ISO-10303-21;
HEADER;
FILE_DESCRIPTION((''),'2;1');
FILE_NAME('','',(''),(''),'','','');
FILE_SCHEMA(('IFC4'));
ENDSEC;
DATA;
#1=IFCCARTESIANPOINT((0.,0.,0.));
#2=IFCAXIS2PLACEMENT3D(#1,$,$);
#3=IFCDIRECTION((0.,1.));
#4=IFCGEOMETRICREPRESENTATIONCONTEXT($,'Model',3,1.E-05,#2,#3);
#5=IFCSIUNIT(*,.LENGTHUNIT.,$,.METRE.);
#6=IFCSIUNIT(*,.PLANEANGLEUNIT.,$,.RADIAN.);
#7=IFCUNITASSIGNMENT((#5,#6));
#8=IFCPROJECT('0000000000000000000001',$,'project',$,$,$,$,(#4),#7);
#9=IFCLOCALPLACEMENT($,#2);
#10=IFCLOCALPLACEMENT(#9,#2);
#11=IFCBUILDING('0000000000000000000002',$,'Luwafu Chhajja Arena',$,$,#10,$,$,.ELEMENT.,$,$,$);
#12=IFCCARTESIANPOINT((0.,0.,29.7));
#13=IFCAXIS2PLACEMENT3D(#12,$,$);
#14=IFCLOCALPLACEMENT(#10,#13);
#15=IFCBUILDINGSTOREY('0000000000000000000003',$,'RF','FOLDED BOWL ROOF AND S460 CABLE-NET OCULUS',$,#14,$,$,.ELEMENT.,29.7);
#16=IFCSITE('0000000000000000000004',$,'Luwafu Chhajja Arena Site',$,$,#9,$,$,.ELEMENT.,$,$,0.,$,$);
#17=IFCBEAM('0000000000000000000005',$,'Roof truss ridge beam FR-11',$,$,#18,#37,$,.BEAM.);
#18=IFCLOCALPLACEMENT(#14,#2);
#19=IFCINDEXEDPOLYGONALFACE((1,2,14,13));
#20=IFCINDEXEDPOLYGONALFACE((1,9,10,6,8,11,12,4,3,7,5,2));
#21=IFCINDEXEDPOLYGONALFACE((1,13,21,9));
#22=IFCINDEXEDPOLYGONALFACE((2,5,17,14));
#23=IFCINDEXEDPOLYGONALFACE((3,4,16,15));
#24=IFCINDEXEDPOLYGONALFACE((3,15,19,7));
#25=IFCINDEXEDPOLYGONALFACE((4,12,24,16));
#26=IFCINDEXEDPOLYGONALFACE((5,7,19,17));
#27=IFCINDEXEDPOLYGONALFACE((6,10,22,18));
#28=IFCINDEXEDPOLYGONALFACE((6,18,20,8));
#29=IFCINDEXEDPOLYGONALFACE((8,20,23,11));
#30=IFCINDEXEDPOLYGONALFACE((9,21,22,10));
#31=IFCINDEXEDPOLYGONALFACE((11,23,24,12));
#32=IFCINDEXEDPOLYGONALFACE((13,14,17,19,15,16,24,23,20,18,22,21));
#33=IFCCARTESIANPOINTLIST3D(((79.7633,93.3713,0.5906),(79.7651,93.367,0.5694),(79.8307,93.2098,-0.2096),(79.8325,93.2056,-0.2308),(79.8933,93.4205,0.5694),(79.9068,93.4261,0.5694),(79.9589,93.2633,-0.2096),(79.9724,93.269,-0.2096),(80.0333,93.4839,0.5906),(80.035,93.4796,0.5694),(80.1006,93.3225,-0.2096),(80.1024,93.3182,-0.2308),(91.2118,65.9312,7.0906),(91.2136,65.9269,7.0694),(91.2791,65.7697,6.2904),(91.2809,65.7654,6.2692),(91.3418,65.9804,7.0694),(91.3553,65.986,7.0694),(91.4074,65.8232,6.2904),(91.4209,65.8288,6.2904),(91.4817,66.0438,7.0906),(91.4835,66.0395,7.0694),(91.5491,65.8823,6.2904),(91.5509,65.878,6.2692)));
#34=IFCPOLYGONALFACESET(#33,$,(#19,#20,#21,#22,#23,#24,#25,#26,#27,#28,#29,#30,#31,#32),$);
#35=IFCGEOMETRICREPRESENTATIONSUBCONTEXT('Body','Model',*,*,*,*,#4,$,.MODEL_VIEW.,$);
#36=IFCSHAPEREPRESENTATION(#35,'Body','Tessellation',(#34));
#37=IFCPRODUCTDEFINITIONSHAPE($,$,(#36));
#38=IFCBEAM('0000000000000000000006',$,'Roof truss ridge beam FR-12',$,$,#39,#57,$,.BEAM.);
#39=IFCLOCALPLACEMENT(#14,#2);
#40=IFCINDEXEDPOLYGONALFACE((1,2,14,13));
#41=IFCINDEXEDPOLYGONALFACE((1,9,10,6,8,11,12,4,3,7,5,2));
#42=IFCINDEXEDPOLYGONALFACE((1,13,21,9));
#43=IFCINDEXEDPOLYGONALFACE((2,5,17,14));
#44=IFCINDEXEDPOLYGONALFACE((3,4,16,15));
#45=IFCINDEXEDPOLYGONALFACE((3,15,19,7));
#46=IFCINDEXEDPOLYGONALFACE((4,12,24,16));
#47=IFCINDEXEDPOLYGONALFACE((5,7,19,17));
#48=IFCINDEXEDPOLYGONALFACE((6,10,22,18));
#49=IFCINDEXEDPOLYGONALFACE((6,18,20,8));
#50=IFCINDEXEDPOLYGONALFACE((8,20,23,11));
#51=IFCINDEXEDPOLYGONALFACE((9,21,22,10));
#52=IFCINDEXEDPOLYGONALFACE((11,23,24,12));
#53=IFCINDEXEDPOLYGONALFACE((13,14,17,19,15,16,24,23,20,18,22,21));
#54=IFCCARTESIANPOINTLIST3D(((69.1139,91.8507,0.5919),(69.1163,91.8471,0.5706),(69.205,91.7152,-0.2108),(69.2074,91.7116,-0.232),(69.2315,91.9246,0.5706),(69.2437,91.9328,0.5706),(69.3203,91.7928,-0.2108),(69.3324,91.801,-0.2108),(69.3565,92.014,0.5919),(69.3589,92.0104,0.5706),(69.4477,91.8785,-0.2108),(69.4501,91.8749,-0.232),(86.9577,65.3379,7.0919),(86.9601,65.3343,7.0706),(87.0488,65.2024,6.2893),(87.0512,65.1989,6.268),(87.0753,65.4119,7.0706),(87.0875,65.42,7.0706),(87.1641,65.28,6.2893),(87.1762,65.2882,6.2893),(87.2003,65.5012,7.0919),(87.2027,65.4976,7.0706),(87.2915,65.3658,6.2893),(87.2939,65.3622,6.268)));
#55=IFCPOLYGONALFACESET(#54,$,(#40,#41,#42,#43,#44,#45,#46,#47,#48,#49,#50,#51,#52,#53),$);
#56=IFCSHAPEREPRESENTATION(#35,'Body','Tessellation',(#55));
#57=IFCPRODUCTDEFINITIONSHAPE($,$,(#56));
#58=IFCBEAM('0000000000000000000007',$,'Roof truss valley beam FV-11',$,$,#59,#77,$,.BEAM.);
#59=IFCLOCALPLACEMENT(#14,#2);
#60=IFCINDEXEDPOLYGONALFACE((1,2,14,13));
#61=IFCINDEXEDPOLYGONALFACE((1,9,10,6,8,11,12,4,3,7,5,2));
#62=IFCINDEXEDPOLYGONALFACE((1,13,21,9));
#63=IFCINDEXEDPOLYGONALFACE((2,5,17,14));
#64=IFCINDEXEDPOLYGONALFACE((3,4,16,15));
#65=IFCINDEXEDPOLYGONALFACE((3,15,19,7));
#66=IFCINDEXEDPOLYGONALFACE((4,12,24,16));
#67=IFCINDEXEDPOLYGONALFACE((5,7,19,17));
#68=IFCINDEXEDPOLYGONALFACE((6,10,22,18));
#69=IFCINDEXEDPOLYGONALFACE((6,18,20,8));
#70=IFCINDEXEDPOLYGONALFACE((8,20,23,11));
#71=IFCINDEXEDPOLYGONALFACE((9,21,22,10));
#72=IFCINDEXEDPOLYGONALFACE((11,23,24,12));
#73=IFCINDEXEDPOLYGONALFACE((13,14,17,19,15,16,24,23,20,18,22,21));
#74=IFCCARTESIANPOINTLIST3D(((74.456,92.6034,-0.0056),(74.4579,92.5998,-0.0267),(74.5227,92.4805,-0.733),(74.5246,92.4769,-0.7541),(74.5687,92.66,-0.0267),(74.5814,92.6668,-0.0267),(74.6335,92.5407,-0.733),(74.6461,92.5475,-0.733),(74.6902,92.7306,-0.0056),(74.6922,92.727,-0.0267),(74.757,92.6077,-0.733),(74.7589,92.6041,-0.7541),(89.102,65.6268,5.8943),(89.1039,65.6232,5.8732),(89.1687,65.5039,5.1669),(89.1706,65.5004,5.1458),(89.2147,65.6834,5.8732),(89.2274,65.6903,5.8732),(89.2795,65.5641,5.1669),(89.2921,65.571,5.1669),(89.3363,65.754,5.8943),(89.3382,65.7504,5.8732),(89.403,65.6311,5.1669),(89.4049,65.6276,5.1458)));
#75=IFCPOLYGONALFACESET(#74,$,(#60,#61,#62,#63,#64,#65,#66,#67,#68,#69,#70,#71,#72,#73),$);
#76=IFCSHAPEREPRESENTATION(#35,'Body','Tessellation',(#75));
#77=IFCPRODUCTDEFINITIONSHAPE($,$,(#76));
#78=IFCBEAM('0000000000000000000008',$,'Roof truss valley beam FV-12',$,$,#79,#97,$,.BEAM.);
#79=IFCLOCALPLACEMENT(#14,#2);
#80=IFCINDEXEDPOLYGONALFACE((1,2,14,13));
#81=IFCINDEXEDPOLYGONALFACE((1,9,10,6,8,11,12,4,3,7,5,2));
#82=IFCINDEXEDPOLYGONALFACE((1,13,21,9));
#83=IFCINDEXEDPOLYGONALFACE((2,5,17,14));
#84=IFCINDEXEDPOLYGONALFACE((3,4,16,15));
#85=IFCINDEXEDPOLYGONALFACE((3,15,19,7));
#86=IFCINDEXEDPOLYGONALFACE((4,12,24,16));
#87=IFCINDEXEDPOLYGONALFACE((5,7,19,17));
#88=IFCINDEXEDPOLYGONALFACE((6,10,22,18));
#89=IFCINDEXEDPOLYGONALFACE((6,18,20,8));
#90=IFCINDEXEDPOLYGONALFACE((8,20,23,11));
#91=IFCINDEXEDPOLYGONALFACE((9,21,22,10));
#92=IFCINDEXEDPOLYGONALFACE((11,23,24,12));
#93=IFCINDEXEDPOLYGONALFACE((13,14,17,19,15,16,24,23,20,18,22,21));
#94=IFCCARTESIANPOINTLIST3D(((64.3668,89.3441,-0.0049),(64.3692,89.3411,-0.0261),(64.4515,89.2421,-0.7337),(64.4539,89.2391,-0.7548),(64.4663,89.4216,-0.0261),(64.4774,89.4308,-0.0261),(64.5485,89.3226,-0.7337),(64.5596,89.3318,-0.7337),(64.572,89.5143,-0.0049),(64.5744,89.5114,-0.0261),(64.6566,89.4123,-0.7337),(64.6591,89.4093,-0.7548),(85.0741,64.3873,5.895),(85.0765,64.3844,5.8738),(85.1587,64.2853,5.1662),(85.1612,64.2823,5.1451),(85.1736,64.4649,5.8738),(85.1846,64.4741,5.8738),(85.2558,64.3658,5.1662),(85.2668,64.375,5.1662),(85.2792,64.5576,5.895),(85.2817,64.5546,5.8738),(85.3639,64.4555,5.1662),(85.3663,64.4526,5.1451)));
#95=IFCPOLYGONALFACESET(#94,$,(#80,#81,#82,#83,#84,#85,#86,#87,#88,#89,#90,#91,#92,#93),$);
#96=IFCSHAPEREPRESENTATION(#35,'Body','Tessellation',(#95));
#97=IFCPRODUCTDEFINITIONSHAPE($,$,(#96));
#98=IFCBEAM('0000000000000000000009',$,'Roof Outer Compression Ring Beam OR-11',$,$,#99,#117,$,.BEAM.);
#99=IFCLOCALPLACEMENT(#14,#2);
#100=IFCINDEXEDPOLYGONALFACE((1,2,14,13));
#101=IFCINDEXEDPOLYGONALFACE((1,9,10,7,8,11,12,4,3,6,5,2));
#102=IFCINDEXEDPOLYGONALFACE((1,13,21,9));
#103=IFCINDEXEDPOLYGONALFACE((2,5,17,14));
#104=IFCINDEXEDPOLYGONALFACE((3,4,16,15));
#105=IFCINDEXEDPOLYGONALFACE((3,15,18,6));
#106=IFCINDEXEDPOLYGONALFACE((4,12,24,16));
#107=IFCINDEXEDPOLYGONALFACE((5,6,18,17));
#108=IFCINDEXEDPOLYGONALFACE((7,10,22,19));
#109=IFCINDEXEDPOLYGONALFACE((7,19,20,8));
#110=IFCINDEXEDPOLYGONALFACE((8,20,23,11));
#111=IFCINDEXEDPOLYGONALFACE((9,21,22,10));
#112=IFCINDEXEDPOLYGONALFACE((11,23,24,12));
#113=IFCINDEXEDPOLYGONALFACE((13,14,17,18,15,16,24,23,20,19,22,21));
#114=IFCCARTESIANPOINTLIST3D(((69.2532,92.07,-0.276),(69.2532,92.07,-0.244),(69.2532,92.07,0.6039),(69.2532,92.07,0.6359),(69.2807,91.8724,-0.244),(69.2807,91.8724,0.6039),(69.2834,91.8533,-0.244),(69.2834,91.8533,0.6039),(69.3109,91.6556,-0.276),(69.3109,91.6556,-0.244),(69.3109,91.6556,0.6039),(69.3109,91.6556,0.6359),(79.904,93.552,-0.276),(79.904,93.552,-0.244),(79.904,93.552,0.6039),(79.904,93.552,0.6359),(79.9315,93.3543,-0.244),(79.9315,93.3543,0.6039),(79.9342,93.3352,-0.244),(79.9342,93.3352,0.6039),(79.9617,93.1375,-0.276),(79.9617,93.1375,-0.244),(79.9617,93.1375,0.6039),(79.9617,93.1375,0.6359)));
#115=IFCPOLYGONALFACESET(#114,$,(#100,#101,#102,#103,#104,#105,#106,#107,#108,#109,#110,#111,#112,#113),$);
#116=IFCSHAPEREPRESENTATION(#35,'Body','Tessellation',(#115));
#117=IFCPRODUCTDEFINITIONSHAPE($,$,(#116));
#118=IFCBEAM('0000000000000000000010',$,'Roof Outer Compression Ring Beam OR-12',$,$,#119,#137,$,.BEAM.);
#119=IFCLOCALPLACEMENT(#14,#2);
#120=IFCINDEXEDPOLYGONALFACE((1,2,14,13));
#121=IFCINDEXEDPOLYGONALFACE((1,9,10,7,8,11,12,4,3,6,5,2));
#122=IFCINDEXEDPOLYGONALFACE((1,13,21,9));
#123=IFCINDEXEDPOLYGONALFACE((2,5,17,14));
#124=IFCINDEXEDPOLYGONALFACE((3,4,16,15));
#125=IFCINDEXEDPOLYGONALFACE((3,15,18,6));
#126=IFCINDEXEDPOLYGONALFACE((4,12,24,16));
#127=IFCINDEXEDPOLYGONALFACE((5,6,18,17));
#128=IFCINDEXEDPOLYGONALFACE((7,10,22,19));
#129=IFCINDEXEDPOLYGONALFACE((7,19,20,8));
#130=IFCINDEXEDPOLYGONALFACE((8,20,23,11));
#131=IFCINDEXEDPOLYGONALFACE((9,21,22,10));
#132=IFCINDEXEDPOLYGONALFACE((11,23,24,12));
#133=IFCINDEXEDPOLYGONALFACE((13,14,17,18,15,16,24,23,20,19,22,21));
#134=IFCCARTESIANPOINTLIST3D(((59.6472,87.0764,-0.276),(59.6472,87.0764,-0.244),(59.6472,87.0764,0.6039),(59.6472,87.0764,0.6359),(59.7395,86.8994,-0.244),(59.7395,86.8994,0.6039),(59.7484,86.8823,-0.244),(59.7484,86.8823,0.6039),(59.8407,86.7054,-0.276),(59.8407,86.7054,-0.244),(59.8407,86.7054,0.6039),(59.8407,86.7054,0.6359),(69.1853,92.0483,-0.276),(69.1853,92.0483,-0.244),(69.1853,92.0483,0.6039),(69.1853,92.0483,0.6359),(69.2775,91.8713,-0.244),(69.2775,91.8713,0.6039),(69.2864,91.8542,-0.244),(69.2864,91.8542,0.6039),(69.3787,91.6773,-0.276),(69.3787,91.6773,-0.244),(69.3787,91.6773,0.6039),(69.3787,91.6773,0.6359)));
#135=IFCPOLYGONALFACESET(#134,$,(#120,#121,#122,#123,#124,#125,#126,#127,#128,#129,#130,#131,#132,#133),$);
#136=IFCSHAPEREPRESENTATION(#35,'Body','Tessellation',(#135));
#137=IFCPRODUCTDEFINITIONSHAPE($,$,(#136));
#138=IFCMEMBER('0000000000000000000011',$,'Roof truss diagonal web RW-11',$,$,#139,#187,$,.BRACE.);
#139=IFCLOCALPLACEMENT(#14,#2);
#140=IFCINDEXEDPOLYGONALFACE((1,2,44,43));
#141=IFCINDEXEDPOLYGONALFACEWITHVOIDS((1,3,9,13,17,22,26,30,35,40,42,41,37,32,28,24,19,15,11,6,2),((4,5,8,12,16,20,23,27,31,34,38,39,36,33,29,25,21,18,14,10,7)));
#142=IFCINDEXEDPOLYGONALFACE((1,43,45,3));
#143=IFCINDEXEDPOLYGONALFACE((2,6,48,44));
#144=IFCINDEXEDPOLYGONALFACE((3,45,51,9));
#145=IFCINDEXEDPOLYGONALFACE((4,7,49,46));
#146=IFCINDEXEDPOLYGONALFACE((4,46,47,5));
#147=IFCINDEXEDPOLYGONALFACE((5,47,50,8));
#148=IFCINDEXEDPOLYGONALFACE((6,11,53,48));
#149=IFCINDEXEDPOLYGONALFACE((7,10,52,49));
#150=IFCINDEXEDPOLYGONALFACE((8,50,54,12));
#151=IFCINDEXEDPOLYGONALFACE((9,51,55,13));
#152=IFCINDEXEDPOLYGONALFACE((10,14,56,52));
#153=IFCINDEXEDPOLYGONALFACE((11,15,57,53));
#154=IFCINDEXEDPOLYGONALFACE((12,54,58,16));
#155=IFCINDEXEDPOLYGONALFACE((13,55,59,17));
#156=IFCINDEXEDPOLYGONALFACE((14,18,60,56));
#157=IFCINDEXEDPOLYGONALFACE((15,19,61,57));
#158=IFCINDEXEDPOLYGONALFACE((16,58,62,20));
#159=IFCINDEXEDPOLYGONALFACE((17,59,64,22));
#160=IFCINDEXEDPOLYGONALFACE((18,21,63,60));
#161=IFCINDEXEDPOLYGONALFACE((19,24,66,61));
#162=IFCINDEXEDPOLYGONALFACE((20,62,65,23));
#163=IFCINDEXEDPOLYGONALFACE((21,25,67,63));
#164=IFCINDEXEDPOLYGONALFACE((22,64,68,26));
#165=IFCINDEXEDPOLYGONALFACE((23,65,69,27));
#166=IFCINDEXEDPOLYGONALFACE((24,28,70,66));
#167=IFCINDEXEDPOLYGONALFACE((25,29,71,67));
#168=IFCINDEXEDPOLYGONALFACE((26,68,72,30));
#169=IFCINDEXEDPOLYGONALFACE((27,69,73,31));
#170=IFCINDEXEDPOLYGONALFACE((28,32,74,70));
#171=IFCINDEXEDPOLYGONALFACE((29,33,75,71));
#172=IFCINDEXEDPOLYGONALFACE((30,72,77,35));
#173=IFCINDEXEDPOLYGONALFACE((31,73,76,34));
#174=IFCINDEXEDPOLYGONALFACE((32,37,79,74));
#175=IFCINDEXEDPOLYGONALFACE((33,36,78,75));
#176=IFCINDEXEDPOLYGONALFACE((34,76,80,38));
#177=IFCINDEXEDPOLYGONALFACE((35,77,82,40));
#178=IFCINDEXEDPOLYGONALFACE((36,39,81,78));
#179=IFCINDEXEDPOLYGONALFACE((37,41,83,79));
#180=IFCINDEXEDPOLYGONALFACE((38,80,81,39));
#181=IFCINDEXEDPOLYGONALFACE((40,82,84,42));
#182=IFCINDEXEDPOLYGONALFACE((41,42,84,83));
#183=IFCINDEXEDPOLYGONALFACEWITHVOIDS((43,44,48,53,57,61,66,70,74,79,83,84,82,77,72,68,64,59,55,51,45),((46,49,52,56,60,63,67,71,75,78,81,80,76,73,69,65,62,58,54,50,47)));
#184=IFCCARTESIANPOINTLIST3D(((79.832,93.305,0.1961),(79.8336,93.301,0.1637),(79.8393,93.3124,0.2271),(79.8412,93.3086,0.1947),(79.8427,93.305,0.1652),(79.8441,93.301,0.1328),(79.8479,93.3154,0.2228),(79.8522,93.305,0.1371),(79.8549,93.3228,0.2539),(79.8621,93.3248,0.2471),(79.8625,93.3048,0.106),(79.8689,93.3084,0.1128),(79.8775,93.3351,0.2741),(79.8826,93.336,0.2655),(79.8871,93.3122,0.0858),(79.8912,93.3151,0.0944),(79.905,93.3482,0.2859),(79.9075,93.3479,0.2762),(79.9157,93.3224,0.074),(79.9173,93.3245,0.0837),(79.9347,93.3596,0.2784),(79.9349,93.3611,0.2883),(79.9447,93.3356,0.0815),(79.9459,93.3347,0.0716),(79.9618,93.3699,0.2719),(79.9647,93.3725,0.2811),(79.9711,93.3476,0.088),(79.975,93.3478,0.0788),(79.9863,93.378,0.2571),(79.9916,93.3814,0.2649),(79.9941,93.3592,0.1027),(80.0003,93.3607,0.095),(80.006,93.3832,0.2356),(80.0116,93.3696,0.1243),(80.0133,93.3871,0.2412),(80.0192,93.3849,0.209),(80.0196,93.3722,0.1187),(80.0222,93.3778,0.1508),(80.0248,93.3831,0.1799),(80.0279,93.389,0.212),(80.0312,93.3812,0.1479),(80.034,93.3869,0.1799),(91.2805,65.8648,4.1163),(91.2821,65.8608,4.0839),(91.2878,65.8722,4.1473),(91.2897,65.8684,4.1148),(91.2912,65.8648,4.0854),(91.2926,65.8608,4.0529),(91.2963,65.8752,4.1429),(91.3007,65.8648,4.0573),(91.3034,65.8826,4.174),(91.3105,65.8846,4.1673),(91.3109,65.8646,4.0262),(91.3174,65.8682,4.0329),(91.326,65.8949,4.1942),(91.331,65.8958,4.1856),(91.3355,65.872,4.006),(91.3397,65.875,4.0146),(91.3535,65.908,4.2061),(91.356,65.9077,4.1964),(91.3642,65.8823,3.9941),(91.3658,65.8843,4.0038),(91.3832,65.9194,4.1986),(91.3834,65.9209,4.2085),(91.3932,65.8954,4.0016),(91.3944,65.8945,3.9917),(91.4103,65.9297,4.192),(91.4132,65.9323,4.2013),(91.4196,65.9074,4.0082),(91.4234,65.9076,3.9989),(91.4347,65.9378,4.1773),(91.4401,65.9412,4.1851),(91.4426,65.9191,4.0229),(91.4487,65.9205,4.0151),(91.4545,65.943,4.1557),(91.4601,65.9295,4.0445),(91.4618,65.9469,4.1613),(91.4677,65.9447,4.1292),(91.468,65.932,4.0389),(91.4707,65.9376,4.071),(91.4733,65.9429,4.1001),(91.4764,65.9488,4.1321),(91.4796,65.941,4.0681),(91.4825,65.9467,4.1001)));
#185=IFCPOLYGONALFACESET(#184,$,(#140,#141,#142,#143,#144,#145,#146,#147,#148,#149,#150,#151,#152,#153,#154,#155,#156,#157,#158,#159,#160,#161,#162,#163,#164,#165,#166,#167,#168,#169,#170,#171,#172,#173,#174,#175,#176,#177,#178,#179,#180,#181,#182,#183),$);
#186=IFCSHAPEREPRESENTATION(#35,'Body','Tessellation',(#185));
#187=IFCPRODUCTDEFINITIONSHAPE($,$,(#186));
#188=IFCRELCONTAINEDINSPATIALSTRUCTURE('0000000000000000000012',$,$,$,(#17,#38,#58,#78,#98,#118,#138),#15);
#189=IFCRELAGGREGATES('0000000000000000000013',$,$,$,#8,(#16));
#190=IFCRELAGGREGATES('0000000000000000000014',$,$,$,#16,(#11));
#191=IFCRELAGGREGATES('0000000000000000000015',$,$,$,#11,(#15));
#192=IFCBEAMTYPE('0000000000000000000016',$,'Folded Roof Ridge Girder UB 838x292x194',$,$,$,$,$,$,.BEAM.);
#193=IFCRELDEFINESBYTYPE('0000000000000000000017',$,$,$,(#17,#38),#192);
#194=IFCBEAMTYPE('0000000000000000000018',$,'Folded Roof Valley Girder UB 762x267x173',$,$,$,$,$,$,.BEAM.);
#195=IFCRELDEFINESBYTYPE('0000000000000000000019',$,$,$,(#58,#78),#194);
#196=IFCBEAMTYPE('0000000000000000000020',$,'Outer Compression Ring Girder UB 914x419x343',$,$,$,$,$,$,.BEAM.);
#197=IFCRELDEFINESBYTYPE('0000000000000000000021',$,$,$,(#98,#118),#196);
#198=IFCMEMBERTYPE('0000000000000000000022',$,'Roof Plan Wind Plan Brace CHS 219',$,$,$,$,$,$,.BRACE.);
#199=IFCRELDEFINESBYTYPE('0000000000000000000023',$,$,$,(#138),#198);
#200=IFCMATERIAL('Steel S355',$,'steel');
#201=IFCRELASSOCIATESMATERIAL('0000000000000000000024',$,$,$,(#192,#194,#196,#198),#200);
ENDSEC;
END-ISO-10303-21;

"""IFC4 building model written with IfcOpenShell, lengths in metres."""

from ifc_helpers import new_model, si_unit, direction, frame, origin, origin_2d, place, context, subcontext, project, spatial, hollow_circle, i_section, extrude, material, material_profile, profile_set, type_object, element, save


model = new_model("IFC4")

# Units and contexts
model_context = context("Model", 3, precision=1e-05, world=origin(), true_north=direction((0.0, 1.0)))
body_context = subcontext(model_context, "Body", "Model", "MODEL_VIEW")
ifc_project = project(units=[si_unit("LENGTHUNIT", "METRE"), si_unit("PLANEANGLEUNIT", "RADIAN")], contexts=[model_context])

# Site, building, storey
site_placement = place(None, origin())
site = spatial("IfcSite", under=ifc_project, at=site_placement, Name="Luwafu Chhajja Arena Site", CompositionType="ELEMENT", RefElevation=0.0)
building_placement = place(site_placement, origin())
building = spatial("IfcBuilding", under=site, at=building_placement, Name="Luwafu Chhajja Arena", CompositionType="ELEMENT")
storey_placement = place(building_placement, frame((0.0, 0.0, 29.7)))
storey = spatial("IfcBuildingStorey", under=building, at=storey_placement, Name="RF", Description="FOLDED BOWL ROOF AND S460 CABLE-NET OCULUS", CompositionType="ELEMENT", Elevation=29.7)

# Beams
ifc_material_1 = material(Name="Steel S355", Category="steel")
ifc_material_profile_1 = material_profile(ifc_material_1, i_section(OverallWidth=0.2925, OverallDepth=0.8408, WebThickness=0.0146, FlangeThickness=0.0217, at=origin_2d()), Name="UB 838x292x194")
ifc_profile_set_1 = profile_set([ifc_material_profile_1], Name="Steel S355")
beam_type_1 = type_object("IfcBeamType", Name="Folded Roof Ridge Girder UB 838x292x194", PredefinedType="BEAM", material=ifc_profile_set_1)
beam_1_placement = place(storey_placement, frame((79.9329, 93.3447, 0.1799), z_axis=(0.376163, -0.901603, 0.213571), x_axis=(0.922897, 0.385047, 0.0)))
element("IfcBeam", 1, at=beam_1_placement, inside=storey, type_object=beam_type_1, Name="Roof truss ridge beam FR-11", PredefinedType="BEAM", context=body_context, shape_type="SweptSolid", body=[
    extrude(i_section(OverallWidth=0.2925, OverallDepth=0.8408, WebThickness=0.0146, FlangeThickness=0.0217, at=origin_2d()), origin(), (0.0, 0.0, 1.0), 30.4348),
])
beam_2_placement = place(storey_placement, frame((69.282, 91.8628, 0.1799), z_axis=(0.547145, -0.812962, 0.19931), x_axis=(0.829607, 0.558348, 0.0)))
element("IfcBeam", 2, at=beam_2_placement, inside=storey, type_object=beam_type_1, Name="Roof truss ridge beam FR-12", PredefinedType="BEAM", context=body_context, shape_type="SweptSolid", body=[
    extrude(i_section(OverallWidth=0.2925, OverallDepth=0.8408, WebThickness=0.0146, FlangeThickness=0.0217, at=origin_2d()), origin(), (0.0, 0.0, 1.0), 32.6125),
])
ifc_material_profile_2 = material_profile(ifc_material_1, i_section(OverallWidth=0.2666, OverallDepth=0.7622, WebThickness=0.0144, FlangeThickness=0.0215, at=origin_2d()), Name="UB 762x267x173")
ifc_profile_set_2 = profile_set([ifc_material_profile_2], Name="Steel S355")
beam_type_2 = type_object("IfcBeamType", Name="Folded Roof Valley Girder UB 762x267x173", PredefinedType="BEAM", material=ifc_profile_set_2)
beam_3_placement = place(storey_placement, frame((74.6074, 92.6038, -0.3799), z_axis=(0.468555, -0.863035, 0.18875), x_axis=(0.878832, 0.477132, 0.0)))
element("IfcBeam", 3, at=beam_3_placement, inside=storey, type_object=beam_type_2, Name="Roof truss valley beam FV-11", PredefinedType="BEAM", context=body_context, shape_type="SweptSolid", body=[
    extrude(i_section(OverallWidth=0.2666, OverallDepth=0.7622, WebThickness=0.0144, FlangeThickness=0.0215, at=origin_2d()), origin(), (0.0, 0.0, 1.0), 31.2578),
])
beam_4_placement = place(storey_placement, frame((64.5129, 89.3767, -0.3799), z_axis=(0.628232, -0.757156, 0.178995), x_axis=(0.769585, 0.638544, 0.0)))
element("IfcBeam", 4, at=beam_4_placement, inside=storey, type_object=beam_type_2, Name="Roof truss valley beam FV-12", PredefinedType="BEAM", context=body_context, shape_type="SweptSolid", body=[
    extrude(i_section(OverallWidth=0.2666, OverallDepth=0.7622, WebThickness=0.0144, FlangeThickness=0.0215, at=origin_2d()), origin(), (0.0, 0.0, 1.0), 32.9612),
])
ifc_material_profile_3 = material_profile(ifc_material_1, i_section(OverallWidth=0.4185, OverallDepth=0.9119, WebThickness=0.0193, FlangeThickness=0.032, at=origin_2d()), Name="UB 914x419x343")
ifc_profile_set_3 = profile_set([ifc_material_profile_3], Name="Steel S355")
beam_type_3 = type_object("IfcBeamType", Name="Outer Compression Ring Girder UB 914x419x343", PredefinedType="BEAM", material=ifc_profile_set_3)
beam_5_placement = place(storey_placement, frame((79.9329, 93.3447, 0.1799), z_axis=(-0.990459, -0.13781, 0.0), x_axis=(0.13781, -0.990459, 0.0)))
element("IfcBeam", 5, at=beam_5_placement, inside=storey, type_object=beam_type_3, Name="Roof Outer Compression Ring Beam OR-11", PredefinedType="BEAM", context=body_context, shape_type="SweptSolid", body=[
    extrude(i_section(OverallWidth=0.4185, OverallDepth=0.9119, WebThickness=0.0193, FlangeThickness=0.032, at=origin_2d()), origin(), (0.0, 0.0, 1.0), 10.7534),
])
beam_6_placement = place(storey_placement, frame((69.282, 91.8628, 0.1799), z_axis=(-0.886755, -0.462239, 0.0), x_axis=(0.462239, -0.886755, 0.0)))
element("IfcBeam", 6, at=beam_6_placement, inside=storey, type_object=beam_type_3, Name="Roof Outer Compression Ring Beam OR-12", PredefinedType="BEAM", context=body_context, shape_type="SweptSolid", body=[
    extrude(i_section(OverallWidth=0.4185, OverallDepth=0.9119, WebThickness=0.0193, FlangeThickness=0.032, at=origin_2d()), origin(), (0.0, 0.0, 1.0), 10.7561),
])

# Member
ifc_material_profile_4 = material_profile(ifc_material_1, hollow_circle(Radius=0.1096, WallThickness=0.01, at=origin_2d()), Name="CHS 219.1x10")
ifc_profile_set_4 = profile_set([ifc_material_profile_4], Name="Steel S355")
member_type = type_object("IfcMemberType", Name="Roof Plan Wind Plan Brace CHS 219", PredefinedType="BRACE", material=ifc_profile_set_4)
member_1_placement = place(storey_placement, frame((79.9329, 93.3447, 0.1799), z_axis=(0.381744, -0.914978, 0.130716), x_axis=(0.922897, 0.385047, 0.0)))
element("IfcMember", 7, at=member_1_placement, inside=storey, type_object=member_type, Name="Roof truss diagonal web RW-11", PredefinedType="BRACE", context=body_context, shape_type="SweptSolid", body=[
    extrude(hollow_circle(Radius=0.1096, WallThickness=0.01, at=origin_2d()), origin(), (0.0, 0.0, 1.0), 29.99),
])

save(model, "model.ifc")
